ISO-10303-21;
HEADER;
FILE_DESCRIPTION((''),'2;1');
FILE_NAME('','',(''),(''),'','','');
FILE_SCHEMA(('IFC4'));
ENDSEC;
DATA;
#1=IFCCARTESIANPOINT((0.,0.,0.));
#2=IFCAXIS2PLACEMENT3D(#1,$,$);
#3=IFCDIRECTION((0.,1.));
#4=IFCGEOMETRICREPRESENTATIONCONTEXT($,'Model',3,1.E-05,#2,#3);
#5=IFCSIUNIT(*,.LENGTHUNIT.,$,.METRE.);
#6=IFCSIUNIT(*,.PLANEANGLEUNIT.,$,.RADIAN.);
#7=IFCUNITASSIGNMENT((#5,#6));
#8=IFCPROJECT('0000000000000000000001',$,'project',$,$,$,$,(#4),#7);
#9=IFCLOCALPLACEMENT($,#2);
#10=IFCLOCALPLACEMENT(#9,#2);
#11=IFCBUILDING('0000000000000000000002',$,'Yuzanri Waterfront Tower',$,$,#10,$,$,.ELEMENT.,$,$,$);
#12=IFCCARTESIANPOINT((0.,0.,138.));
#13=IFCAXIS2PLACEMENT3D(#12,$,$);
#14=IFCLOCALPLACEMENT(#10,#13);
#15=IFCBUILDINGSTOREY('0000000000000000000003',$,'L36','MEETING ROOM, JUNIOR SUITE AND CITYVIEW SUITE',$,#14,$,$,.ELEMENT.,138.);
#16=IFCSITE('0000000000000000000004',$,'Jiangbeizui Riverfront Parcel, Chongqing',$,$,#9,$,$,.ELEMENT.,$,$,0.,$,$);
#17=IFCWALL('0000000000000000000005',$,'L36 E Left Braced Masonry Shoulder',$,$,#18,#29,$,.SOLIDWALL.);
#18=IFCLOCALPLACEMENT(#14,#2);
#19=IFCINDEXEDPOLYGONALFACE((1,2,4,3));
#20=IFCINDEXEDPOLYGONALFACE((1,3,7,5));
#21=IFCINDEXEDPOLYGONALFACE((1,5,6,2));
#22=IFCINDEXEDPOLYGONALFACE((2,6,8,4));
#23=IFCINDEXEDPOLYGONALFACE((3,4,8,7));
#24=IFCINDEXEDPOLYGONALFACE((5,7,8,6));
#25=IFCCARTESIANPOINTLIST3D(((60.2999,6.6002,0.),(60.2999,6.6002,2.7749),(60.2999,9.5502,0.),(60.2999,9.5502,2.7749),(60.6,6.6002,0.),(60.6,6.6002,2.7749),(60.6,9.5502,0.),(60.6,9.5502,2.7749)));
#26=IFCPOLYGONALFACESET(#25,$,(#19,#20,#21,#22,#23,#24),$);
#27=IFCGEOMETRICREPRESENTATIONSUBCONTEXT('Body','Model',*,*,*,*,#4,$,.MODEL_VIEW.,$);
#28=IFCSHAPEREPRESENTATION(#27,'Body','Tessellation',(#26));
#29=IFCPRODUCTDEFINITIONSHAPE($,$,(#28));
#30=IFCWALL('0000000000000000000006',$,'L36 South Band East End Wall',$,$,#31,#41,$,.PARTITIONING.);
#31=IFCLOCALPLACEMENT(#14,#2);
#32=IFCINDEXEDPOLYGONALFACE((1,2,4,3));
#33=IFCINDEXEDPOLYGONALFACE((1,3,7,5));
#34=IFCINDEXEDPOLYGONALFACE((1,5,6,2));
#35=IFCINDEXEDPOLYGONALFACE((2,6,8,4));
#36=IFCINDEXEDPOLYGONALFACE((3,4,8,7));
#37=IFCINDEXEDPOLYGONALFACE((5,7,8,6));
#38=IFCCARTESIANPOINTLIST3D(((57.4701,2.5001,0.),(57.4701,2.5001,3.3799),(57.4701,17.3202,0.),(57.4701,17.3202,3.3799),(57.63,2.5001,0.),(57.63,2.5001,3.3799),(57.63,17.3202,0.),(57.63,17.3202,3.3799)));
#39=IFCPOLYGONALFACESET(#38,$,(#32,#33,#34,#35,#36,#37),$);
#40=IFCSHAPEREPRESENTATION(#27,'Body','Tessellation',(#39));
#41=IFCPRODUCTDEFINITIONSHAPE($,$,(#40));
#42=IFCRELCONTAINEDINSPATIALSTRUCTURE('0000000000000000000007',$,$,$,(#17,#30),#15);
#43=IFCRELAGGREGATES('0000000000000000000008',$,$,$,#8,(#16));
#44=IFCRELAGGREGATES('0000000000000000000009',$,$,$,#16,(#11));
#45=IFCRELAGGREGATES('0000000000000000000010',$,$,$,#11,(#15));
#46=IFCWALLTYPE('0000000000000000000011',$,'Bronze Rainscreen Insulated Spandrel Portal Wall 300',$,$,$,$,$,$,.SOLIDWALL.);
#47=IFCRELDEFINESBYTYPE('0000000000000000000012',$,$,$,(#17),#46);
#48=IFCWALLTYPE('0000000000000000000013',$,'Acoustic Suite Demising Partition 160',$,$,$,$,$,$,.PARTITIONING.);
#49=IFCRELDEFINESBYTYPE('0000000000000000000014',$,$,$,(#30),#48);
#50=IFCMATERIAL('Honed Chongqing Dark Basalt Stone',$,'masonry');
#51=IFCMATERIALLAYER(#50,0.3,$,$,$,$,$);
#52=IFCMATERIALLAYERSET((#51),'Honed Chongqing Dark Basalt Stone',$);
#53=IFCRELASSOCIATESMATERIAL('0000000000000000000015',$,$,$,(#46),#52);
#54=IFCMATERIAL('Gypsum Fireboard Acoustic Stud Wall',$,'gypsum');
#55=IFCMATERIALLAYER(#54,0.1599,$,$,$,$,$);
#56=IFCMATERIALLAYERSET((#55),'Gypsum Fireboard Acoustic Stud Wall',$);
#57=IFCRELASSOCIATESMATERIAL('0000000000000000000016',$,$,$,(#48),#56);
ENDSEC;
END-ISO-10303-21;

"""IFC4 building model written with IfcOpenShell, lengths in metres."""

from ifc_helpers import new_model, si_unit, direction, frame, frame_2d, origin, place, context, subcontext, project, spatial, rectangle, extrude, source, transform, mapped, material, layer, layer_set, type_object, element, save


model = new_model("IFC4")

# Units and contexts
model_context = context("Model", 3, precision=1e-05, world=origin(), true_north=direction((0.0, 1.0)))
body_context = subcontext(model_context, "Body", "Model", "MODEL_VIEW")
ifc_project = project(units=[si_unit("LENGTHUNIT", "METRE"), si_unit("PLANEANGLEUNIT", "RADIAN")], contexts=[model_context])

# Site, building, storey
site_placement = place(None, origin())
site = spatial("IfcSite", under=ifc_project, at=site_placement, Name="Jiangbeizui Riverfront Parcel, Chongqing", CompositionType="ELEMENT", RefElevation=0.0)
building_placement = place(site_placement, origin())
building = spatial("IfcBuilding", under=site, at=building_placement, Name="Yuzanri Waterfront Tower", CompositionType="ELEMENT")
storey_placement = place(building_placement, frame((0.0, 0.0, 138.0)))
storey = spatial("IfcBuildingStorey", under=building, at=storey_placement, Name="L36", Description="MEETING ROOM, JUNIOR SUITE AND CITYVIEW SUITE", CompositionType="ELEMENT", Elevation=138.0)

# Shared definitions
ifc_material_1 = material(Name="Honed Chongqing Dark Basalt Stone", Category="masonry")
ifc_layer_1 = layer(ifc_material_1, 0.3)
ifc_layer_set_1 = layer_set([ifc_layer_1], Name="Honed Chongqing Dark Basalt Stone")
wall_type_1 = type_object("IfcWallType", Name="Bronze Rainscreen Insulated Spandrel Portal Wall 300", PredefinedType="SOLIDWALL", material=ifc_layer_set_1)

# Walls
shared_shape_1 = source(origin(), body_context, "Body", "SweptSolid", [
    extrude(rectangle(XDim=2.95, YDim=0.3, at=frame_2d((1.4751, 0.0))), origin(), (0.0, 0.0, 1.0), 2.7749),
])
for number, where, z_axis, x_axis, name in (
    (1, (60.45, 6.6001, 0.0), (0.0, 0.0, 1.0), (0.0, 1.0, 0.0), "L36 E Left Braced Masonry Shoulder"),
):
    element("IfcWall", number, at=place(storey_placement, frame(where, z_axis=z_axis, x_axis=x_axis)), inside=storey, type_object=wall_type_1, Name=name, PredefinedType="SOLIDWALL", context=body_context, shape_type="MappedRepresentation", body=[
        mapped(shared_shape_1, transform((0.0, 0.0, 0.0), scale=1.0)),
    ])
ifc_material_2 = material(Name="Gypsum Fireboard Acoustic Stud Wall", Category="gypsum")
ifc_layer_2 = layer(ifc_material_2, 0.1599)
ifc_layer_set_2 = layer_set([ifc_layer_2], Name="Gypsum Fireboard Acoustic Stud Wall")
wall_type_2 = type_object("IfcWallType", Name="Acoustic Suite Demising Partition 160", PredefinedType="PARTITIONING", material=ifc_layer_set_2)
shared_shape_2 = source(origin(), body_context, "Body", "SweptSolid", [
    extrude(rectangle(XDim=14.8201, YDim=0.1599, at=frame_2d((7.4102, 0.0))), origin(), (0.0, 0.0, 1.0), 3.3799),
])
wall_1_placement = place(storey_placement, frame((57.55, 2.5, 0.0), z_axis=(0.0, 0.0, 1.0), x_axis=(0.0, 1.0, 0.0)))
element("IfcWall", 2, at=wall_1_placement, inside=storey, type_object=wall_type_2, Name="L36 South Band East End Wall", PredefinedType="PARTITIONING", context=body_context, shape_type="MappedRepresentation", body=[
    mapped(shared_shape_2, transform((0.0, 0.0, 0.0), scale=1.0)),
])

save(model, "model.ifc")
